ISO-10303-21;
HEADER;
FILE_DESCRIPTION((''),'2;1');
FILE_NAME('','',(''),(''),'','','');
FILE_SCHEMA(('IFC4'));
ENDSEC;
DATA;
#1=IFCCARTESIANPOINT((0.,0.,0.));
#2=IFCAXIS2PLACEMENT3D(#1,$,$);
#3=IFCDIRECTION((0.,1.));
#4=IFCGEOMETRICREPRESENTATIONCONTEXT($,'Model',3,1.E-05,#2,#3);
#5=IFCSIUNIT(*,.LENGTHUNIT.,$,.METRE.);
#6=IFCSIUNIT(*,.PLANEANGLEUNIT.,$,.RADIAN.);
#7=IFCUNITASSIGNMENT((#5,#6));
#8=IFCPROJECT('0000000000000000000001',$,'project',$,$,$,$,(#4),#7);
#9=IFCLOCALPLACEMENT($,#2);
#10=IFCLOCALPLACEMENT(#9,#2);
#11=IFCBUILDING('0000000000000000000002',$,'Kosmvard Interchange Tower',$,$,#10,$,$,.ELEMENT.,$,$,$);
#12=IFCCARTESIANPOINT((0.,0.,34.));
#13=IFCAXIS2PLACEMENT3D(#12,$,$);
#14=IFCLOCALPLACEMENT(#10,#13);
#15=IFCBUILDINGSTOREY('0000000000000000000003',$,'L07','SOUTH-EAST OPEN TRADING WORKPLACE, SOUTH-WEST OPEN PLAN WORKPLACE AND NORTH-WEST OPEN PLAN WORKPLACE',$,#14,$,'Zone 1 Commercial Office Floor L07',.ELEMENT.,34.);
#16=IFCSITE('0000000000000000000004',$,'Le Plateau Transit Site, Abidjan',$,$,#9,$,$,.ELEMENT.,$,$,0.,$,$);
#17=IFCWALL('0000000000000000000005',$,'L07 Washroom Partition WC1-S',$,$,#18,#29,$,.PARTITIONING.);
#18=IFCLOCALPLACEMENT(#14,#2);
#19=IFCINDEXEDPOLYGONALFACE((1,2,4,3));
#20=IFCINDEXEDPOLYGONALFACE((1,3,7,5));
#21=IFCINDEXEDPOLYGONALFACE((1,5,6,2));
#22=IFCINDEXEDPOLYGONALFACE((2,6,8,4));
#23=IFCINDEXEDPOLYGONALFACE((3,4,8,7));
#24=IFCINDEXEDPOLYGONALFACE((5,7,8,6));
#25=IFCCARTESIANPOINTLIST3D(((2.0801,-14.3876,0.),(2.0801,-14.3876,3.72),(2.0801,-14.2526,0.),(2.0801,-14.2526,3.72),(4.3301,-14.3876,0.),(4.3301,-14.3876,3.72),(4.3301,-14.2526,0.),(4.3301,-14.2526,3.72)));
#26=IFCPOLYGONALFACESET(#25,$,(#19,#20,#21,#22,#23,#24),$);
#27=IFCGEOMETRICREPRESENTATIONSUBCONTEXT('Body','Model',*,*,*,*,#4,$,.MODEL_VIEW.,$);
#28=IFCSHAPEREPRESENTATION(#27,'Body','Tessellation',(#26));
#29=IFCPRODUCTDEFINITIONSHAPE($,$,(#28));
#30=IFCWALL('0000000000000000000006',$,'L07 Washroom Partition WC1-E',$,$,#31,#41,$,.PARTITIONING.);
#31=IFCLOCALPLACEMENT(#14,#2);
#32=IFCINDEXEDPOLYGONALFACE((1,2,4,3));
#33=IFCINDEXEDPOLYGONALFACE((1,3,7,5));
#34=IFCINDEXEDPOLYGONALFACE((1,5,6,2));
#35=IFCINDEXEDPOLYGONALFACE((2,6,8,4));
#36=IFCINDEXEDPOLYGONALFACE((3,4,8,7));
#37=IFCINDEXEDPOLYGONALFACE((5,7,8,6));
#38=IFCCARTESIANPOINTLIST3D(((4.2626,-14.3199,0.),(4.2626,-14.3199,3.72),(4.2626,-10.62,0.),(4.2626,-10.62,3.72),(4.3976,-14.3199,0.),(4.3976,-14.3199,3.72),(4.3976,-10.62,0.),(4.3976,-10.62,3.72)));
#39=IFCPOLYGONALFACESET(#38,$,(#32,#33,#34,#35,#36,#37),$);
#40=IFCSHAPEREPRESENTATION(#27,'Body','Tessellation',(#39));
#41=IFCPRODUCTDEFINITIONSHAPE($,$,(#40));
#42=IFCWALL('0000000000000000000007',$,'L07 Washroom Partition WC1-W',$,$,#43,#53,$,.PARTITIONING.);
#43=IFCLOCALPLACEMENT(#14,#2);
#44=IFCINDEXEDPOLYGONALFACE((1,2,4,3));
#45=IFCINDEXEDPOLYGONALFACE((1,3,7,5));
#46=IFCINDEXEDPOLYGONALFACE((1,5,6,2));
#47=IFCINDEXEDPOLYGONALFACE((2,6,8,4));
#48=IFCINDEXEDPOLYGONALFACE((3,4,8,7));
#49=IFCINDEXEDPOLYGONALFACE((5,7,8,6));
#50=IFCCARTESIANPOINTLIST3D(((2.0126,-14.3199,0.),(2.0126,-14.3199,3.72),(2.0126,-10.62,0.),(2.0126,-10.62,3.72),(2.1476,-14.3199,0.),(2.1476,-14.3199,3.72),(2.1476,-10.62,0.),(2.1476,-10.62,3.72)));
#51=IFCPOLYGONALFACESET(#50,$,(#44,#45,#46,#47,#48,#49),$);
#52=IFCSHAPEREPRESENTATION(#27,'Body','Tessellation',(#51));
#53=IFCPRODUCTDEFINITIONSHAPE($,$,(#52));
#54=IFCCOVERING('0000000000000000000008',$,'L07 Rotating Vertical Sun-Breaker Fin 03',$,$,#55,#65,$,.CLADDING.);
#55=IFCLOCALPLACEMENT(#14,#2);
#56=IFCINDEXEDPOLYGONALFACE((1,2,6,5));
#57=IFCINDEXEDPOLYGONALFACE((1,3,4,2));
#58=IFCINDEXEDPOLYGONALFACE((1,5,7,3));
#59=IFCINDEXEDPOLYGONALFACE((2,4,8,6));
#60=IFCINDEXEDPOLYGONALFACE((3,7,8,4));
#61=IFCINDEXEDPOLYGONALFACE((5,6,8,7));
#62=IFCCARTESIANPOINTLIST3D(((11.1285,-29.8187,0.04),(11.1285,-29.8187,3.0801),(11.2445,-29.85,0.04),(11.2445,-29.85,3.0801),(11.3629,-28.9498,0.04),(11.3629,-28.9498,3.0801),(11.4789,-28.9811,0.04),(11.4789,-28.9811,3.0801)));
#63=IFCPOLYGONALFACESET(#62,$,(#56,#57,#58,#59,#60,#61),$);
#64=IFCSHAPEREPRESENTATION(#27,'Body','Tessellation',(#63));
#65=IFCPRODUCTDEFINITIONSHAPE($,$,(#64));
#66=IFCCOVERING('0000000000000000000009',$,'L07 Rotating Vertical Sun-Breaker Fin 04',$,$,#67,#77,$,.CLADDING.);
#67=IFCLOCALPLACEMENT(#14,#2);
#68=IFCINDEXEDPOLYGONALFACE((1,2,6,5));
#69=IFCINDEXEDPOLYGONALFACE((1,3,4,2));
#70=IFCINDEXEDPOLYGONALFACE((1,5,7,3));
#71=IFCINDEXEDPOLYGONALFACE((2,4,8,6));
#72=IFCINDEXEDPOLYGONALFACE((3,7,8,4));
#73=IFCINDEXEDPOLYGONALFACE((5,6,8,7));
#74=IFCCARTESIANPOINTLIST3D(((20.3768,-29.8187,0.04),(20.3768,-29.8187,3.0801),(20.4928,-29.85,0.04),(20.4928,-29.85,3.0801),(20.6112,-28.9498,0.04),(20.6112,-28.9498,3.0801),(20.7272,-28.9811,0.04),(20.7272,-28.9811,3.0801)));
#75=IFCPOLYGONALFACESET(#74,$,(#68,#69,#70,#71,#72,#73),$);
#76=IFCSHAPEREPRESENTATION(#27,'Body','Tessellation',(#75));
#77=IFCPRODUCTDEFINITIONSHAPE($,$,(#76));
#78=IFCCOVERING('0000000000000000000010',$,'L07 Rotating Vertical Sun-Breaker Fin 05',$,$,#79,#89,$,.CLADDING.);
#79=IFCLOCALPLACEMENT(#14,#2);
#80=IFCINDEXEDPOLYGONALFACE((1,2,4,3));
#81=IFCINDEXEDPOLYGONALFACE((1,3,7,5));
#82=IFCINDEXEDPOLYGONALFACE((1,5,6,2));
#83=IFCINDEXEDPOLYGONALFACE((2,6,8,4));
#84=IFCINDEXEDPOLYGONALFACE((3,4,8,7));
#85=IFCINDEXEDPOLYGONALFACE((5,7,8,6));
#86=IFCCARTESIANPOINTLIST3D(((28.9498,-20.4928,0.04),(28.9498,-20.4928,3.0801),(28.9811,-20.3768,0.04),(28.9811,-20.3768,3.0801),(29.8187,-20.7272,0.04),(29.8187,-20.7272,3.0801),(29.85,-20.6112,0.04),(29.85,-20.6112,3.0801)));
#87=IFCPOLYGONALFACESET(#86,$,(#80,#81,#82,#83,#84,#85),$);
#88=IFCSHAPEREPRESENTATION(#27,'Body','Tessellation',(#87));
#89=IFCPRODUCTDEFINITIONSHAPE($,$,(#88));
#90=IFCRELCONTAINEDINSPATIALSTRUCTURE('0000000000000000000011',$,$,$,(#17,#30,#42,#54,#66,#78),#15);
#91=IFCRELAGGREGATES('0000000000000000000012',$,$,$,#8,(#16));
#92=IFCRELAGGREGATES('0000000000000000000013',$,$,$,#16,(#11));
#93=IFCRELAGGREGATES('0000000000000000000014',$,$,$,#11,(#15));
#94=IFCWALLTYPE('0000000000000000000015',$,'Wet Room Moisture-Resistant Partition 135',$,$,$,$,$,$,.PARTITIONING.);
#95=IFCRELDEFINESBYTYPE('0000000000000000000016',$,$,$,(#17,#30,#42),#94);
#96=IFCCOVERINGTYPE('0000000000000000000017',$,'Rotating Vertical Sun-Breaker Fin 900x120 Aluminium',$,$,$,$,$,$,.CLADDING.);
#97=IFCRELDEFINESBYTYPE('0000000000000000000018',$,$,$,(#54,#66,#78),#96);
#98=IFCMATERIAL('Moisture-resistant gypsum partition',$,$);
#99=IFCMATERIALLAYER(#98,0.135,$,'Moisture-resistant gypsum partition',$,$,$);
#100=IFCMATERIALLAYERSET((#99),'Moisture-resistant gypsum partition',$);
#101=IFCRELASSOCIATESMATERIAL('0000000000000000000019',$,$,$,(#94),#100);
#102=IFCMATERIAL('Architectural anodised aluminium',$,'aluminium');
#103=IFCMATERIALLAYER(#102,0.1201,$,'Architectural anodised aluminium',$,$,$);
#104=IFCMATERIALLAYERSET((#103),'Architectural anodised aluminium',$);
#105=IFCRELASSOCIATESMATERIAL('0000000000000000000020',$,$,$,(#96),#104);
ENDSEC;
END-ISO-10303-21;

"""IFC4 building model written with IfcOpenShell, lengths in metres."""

from ifc_helpers import new_model, si_unit, direction, frame, frame_2d, origin, origin_2d, place, context, subcontext, project, spatial, rectangle, extrude, source, transform, mapped, material, layer, layer_set, type_object, element, save


model = new_model("IFC4")

# Units and contexts
model_context = context("Model", 3, precision=1e-05, world=origin(), true_north=direction((0.0, 1.0)))
body_context = subcontext(model_context, "Body", "Model", "MODEL_VIEW")
ifc_project = project(units=[si_unit("LENGTHUNIT", "METRE"), si_unit("PLANEANGLEUNIT", "RADIAN")], contexts=[model_context])

# Site, building, storey
site_placement = place(None, origin())
site = spatial("IfcSite", under=ifc_project, at=site_placement, Name="Le Plateau Transit Site, Abidjan", CompositionType="ELEMENT", RefElevation=0.0)
building_placement = place(site_placement, origin())
building = spatial("IfcBuilding", under=site, at=building_placement, Name="Kosmvard Interchange Tower", CompositionType="ELEMENT")
storey_placement = place(building_placement, frame((0.0, 0.0, 34.0)))
storey = spatial("IfcBuildingStorey", under=building, at=storey_placement, Name="L07", Description="SOUTH-EAST OPEN TRADING WORKPLACE, SOUTH-WEST OPEN PLAN WORKPLACE AND NORTH-WEST OPEN PLAN WORKPLACE", LongName="Zone 1 Commercial Office Floor L07", CompositionType="ELEMENT", Elevation=34.0)

# Walls
ifc_material_1 = material(Name="Moisture-resistant gypsum partition")
ifc_layer_1 = layer(ifc_material_1, 0.135, Name="Moisture-resistant gypsum partition")
ifc_layer_set_1 = layer_set([ifc_layer_1], Name="Moisture-resistant gypsum partition")
wall_type_1 = type_object("IfcWallType", Name="Wet Room Moisture-Resistant Partition 135", PredefinedType="PARTITIONING", material=ifc_layer_set_1)
wall_1_placement = place(storey_placement, frame((2.0801, -14.3201, 0.0), z_axis=(0.0, 0.0, 1.0), x_axis=(1.0, 0.0, 0.0)))
element("IfcWall", 1, at=wall_1_placement, inside=storey, type_object=wall_type_1, Name="L07 Washroom Partition WC1-S", PredefinedType="PARTITIONING", context=body_context, shape_type="SweptSolid", body=[
    extrude(rectangle(XDim=2.25, YDim=0.135, at=frame_2d((1.125, 0.0))), origin(), (0.0, 0.0, 1.0), 3.72),
])
for number, where, z_axis, x_axis, name in (
    (2, (4.3301, -14.3201, 0.0), (0.0, 0.0, 1.0), (0.0, 1.0, 0.0), "L07 Washroom Partition WC1-E"),
    (3, (2.0801, -14.3201, 0.0), (0.0, 0.0, 1.0), (0.0, 1.0, 0.0), "L07 Washroom Partition WC1-W"),
):
    element("IfcWall", number, at=place(storey_placement, frame(where, z_axis=z_axis, x_axis=x_axis)), inside=storey, type_object=wall_type_1, Name=name, PredefinedType="PARTITIONING", context=body_context, shape_type="SweptSolid", body=[
        extrude(rectangle(XDim=3.7, YDim=0.135, at=frame_2d((1.8501, 0.0))), origin(), (0.0, 0.0, 1.0), 3.72),
    ])

# Coverings
ifc_material_2 = material(Name="Architectural anodised aluminium", Category="aluminium")
ifc_layer_2 = layer(ifc_material_2, 0.1201, Name="Architectural anodised aluminium")
ifc_layer_set_2 = layer_set([ifc_layer_2], Name="Architectural anodised aluminium")
covering_type = type_object("IfcCoveringType", Name="Rotating Vertical Sun-Breaker Fin 900x120 Aluminium", PredefinedType="CLADDING", material=ifc_layer_set_2)
shared_shape_1 = source(origin(), body_context, "Body", "SweptSolid", [
    extrude(rectangle(XDim=0.8999, YDim=0.1201, at=origin_2d()), origin(), (0.0, 0.0, 1.0), 3.04),
])
for number, where, z_axis, x_axis, name in (
    (4, (11.3037, -29.3999, 0.04), (0.0, 0.0, 1.0), (-0.260505, -0.965473, 0.0), "L07 Rotating Vertical Sun-Breaker Fin 03"),
    (5, (20.552, -29.3999, 0.04), (0.0, 0.0, 1.0), (-0.260505, -0.965473, 0.0), "L07 Rotating Vertical Sun-Breaker Fin 04"),
    (6, (29.3999, -20.552, 0.04), (0.0, 0.0, 1.0), (0.965473, -0.260505, 0.0), "L07 Rotating Vertical Sun-Breaker Fin 05"),
):
    element("IfcCovering", number, at=place(storey_placement, frame(where, z_axis=z_axis, x_axis=x_axis)), inside=storey, type_object=covering_type, Name=name, PredefinedType="CLADDING", context=body_context, shape_type="MappedRepresentation", body=[
        mapped(shared_shape_1, transform((0.0, 0.0, 0.0), scale=1.0)),
    ])

save(model, "model.ifc")
